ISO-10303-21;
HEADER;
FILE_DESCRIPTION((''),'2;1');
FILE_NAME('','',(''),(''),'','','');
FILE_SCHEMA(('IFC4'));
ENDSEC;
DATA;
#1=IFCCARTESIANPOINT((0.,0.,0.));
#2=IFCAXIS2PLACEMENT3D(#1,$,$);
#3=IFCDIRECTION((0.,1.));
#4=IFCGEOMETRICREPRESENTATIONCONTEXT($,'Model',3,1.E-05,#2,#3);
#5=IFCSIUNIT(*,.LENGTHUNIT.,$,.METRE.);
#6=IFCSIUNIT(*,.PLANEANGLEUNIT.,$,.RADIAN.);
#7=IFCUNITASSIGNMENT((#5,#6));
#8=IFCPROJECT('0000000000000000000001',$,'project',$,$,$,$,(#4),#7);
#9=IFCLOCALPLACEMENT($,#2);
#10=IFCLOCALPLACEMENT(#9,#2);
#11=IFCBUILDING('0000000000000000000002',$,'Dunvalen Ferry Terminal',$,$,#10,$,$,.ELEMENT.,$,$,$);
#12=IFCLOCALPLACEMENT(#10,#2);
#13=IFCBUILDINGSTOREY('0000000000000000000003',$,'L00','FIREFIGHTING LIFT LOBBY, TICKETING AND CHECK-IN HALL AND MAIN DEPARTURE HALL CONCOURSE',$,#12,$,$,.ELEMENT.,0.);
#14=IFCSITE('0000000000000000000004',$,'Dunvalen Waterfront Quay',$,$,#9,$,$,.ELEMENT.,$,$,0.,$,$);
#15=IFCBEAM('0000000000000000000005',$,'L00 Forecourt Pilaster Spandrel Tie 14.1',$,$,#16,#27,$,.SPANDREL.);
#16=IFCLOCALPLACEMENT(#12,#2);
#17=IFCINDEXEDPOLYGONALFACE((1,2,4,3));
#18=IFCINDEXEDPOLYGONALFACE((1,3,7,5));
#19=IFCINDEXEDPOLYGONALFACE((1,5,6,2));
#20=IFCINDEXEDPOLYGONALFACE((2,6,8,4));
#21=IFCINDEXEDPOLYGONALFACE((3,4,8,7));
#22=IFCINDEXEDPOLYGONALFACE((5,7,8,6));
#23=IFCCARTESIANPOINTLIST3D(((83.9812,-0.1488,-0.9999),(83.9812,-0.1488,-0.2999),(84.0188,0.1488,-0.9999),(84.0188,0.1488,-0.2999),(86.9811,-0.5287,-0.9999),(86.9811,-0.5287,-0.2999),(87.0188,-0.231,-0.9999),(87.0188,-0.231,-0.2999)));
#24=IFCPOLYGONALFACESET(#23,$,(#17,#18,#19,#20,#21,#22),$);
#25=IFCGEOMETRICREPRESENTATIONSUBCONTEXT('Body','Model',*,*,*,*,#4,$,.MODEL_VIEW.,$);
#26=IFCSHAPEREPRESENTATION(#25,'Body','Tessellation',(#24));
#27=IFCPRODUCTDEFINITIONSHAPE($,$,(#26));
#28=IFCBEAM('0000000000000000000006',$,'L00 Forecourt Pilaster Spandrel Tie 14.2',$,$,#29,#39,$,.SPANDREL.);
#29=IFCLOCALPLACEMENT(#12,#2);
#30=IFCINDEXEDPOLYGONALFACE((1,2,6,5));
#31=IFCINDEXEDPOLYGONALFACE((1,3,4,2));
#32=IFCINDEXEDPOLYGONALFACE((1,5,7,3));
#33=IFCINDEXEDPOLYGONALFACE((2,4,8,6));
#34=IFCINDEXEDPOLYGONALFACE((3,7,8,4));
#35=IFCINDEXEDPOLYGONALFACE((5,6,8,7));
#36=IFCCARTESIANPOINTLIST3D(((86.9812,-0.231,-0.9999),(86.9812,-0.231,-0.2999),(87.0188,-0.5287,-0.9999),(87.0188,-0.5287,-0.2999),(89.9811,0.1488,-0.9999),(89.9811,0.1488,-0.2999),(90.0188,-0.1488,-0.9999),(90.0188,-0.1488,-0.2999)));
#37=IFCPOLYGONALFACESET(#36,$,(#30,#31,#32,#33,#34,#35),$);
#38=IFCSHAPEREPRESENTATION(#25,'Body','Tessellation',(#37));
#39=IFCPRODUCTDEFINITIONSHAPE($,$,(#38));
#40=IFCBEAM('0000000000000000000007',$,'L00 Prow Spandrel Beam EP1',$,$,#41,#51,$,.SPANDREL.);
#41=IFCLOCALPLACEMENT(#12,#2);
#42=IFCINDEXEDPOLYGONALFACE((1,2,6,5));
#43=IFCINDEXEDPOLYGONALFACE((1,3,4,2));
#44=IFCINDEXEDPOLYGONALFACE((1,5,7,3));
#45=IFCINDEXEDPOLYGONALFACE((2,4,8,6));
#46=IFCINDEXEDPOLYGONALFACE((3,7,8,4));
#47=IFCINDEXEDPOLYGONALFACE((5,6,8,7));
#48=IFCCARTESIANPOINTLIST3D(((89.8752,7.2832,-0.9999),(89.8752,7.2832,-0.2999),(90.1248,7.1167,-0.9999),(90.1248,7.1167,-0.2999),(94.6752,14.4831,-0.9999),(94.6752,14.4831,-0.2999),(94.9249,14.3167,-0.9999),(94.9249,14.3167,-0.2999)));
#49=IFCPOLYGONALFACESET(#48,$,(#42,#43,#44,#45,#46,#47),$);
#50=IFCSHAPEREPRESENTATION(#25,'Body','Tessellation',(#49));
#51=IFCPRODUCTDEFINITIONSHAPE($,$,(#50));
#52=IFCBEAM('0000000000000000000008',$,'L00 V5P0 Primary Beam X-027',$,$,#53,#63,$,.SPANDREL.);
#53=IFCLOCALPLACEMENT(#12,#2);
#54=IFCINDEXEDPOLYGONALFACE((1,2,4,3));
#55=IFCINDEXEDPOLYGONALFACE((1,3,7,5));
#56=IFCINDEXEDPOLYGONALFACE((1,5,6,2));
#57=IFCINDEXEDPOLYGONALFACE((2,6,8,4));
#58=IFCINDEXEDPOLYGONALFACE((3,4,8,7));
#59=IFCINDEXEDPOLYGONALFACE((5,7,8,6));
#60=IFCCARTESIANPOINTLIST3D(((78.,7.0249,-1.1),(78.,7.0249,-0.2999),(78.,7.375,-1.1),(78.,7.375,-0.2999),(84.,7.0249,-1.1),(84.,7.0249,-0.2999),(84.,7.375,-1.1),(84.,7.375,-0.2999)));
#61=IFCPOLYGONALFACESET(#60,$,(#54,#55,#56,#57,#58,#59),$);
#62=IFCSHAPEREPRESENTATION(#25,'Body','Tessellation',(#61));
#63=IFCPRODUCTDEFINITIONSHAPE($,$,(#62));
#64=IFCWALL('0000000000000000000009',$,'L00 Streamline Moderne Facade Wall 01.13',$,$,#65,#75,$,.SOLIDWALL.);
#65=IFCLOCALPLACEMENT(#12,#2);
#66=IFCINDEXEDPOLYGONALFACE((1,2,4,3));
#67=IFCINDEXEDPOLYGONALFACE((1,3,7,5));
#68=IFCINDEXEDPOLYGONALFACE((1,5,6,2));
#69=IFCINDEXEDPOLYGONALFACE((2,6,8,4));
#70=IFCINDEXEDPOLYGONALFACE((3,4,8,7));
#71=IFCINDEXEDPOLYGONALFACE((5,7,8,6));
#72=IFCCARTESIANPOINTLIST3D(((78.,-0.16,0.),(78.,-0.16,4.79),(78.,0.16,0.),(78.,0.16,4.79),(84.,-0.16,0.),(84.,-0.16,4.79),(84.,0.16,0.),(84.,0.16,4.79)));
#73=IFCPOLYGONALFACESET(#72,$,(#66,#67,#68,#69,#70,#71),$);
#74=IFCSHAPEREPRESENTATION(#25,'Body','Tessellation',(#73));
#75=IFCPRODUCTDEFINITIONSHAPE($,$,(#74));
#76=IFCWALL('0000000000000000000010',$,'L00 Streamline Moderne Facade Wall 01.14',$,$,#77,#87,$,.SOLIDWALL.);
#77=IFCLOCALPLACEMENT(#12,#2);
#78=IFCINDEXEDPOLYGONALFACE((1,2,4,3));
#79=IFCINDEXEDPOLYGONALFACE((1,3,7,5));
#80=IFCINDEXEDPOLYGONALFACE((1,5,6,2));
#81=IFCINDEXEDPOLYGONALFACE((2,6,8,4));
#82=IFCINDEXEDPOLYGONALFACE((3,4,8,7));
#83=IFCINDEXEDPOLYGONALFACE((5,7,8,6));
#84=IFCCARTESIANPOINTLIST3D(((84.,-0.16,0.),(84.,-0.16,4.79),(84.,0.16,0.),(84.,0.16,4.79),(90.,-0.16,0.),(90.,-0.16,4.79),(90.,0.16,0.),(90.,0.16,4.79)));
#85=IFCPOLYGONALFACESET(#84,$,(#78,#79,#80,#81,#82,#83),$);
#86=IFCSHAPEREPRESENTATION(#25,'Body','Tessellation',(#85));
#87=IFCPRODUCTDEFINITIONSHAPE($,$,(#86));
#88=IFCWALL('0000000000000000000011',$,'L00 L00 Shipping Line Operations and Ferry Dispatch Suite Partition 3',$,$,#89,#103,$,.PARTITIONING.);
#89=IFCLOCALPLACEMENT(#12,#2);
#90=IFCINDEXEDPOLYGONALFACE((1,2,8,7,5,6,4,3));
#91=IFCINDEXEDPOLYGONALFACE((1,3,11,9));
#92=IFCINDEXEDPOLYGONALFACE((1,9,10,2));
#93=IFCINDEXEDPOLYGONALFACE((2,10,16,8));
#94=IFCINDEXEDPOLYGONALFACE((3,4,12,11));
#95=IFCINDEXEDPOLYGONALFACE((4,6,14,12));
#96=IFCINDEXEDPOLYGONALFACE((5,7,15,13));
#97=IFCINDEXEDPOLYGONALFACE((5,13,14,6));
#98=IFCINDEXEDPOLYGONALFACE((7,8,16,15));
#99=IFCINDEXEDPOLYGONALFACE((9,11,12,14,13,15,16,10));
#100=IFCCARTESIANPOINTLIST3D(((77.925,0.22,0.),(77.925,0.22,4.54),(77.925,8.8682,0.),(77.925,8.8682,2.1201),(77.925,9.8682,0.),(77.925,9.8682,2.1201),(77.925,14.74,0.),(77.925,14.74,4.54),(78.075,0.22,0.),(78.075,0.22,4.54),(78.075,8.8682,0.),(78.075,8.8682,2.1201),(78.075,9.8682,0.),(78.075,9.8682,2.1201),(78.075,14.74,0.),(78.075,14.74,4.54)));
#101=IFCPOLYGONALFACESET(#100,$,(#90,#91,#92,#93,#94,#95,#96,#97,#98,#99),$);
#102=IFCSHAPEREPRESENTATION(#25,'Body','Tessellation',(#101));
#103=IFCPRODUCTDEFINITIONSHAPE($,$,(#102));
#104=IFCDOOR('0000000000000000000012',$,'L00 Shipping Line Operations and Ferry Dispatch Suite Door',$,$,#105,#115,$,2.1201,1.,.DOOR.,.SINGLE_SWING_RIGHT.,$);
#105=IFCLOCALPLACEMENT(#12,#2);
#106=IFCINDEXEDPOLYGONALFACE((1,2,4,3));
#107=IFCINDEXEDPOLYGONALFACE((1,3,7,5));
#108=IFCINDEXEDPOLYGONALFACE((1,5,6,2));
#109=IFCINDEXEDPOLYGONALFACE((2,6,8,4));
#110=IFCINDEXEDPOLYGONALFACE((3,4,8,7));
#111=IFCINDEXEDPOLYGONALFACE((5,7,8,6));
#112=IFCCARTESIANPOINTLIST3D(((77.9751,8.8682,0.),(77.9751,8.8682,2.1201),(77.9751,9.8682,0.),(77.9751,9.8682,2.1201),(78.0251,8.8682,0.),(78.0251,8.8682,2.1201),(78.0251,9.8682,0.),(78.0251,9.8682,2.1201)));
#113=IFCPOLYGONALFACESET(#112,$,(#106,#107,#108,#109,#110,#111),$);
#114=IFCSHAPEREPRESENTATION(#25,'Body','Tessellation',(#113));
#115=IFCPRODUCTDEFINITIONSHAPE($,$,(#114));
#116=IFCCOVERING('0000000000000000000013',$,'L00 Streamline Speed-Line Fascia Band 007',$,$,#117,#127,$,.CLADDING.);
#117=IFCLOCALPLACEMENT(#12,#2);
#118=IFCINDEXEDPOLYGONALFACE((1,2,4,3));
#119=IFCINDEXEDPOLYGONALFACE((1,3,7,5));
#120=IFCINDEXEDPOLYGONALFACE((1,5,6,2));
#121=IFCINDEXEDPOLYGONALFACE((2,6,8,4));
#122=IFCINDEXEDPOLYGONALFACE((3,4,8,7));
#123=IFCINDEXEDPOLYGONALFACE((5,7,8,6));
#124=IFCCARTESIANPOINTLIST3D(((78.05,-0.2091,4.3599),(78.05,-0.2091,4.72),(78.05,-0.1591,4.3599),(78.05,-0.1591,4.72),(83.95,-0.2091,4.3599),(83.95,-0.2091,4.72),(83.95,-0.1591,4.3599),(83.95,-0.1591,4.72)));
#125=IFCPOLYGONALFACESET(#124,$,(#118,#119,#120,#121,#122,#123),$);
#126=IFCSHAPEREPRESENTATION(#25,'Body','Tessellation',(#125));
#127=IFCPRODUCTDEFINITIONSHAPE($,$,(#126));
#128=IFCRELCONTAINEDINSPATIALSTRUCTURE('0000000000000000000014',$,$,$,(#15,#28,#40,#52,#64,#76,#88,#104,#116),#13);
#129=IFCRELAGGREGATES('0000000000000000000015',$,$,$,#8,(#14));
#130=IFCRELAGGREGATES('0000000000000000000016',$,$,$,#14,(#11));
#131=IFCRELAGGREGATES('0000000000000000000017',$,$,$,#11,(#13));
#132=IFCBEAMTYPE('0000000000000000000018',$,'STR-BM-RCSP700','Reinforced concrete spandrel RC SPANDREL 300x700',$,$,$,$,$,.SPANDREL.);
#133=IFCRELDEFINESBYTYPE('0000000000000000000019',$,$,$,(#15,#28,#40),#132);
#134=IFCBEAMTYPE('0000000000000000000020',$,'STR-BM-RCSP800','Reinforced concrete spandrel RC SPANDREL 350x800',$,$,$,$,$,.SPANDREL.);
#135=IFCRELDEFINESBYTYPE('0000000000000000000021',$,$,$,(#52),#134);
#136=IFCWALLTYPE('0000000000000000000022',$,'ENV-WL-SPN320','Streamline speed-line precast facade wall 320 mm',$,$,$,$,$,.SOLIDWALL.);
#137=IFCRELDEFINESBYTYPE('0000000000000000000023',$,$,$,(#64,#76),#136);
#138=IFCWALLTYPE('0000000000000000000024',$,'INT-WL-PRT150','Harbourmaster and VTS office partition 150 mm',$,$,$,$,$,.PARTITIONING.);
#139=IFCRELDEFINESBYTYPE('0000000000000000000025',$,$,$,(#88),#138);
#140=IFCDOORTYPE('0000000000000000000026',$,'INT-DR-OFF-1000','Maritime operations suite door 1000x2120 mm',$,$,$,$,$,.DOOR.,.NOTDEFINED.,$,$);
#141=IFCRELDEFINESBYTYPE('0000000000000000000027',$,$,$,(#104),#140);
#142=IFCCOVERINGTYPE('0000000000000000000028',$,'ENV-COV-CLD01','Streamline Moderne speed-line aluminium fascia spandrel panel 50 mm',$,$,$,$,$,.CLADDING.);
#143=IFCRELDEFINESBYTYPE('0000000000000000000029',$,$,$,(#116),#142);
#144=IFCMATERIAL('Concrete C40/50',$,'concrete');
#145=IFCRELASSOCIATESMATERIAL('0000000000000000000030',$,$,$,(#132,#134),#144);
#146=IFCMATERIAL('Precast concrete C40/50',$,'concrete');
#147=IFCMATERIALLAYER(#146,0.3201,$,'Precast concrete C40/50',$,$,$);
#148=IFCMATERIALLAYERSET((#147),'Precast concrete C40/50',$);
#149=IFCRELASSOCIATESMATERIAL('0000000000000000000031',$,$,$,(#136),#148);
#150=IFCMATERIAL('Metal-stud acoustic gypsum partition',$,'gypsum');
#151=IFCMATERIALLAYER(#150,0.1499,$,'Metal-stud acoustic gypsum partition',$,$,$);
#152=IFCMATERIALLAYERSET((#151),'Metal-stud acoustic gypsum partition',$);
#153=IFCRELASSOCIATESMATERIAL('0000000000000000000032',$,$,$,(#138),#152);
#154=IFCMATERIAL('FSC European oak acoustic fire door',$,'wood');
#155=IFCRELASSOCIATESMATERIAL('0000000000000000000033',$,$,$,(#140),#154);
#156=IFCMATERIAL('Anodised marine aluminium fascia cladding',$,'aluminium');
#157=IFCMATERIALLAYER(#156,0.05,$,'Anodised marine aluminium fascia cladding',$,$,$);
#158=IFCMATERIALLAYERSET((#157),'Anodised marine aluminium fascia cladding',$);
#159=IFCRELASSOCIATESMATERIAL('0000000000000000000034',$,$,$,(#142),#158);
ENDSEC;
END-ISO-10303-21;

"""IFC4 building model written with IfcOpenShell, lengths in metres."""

from ifc_helpers import new_model, si_unit, direction, frame, frame_2d, origin, origin_2d, place, context, subcontext, project, spatial, rectangle, extrude, material, layer, layer_set, material_profile, profile_set, type_object, element, fill, save


model = new_model("IFC4")

# Units and contexts
model_context = context("Model", 3, precision=1e-05, world=origin(), true_north=direction((0.0, 1.0)))
body_context = subcontext(model_context, "Body", "Model", "MODEL_VIEW")
ifc_project = project(units=[si_unit("LENGTHUNIT", "METRE"), si_unit("PLANEANGLEUNIT", "RADIAN")], contexts=[model_context])

# Site, building, storey
site_placement = place(None, origin())
site = spatial("IfcSite", under=ifc_project, at=site_placement, Name="Dunvalen Waterfront Quay", CompositionType="ELEMENT", RefElevation=0.0)
building_placement = place(site_placement, origin())
building = spatial("IfcBuilding", under=site, at=building_placement, Name="Dunvalen Ferry Terminal", CompositionType="ELEMENT")
storey_placement = place(building_placement, origin())
storey = spatial("IfcBuildingStorey", under=building, at=storey_placement, Name="L00", Description="FIREFIGHTING LIFT LOBBY, TICKETING AND CHECK-IN HALL AND MAIN DEPARTURE HALL CONCOURSE", CompositionType="ELEMENT", Elevation=0.0)

# Shared definitions
ifc_material_1 = material(Name="Concrete C40/50", Category="concrete")

# Beams
ifc_material_profile_1 = material_profile(ifc_material_1, rectangle(XDim=0.3, YDim=0.7, at=origin_2d()), Name="Concrete C40/50")
ifc_profile_set_1 = profile_set([ifc_material_profile_1], Name="Concrete C40/50")
beam_type_1 = type_object("IfcBeamType", Name="STR-BM-RCSP700", Description="Reinforced concrete spandrel RC SPANDREL 300x700", PredefinedType="SPANDREL", material=ifc_profile_set_1)
for number, where, z_axis, x_axis, name in (
    (1, (84.0, 0.0, -0.6499), (0.992078, -0.125624, 0.0), (0.125624, 0.992078, 0.0), "L00 Forecourt Pilaster Spandrel Tie 14.1"),
    (2, (87.0, -0.3799, -0.6499), (0.992078, 0.125624, 0.0), (-0.125624, 0.992078, 0.0), "L00 Forecourt Pilaster Spandrel Tie 14.2"),
):
    element("IfcBeam", number, at=place(storey_placement, frame(where, z_axis=z_axis, x_axis=x_axis)), inside=storey, type_object=beam_type_1, Name=name, PredefinedType="SPANDREL", context=body_context, shape_type="SweptSolid", body=[
        extrude(rectangle(XDim=0.3, YDim=0.7, at=origin_2d()), origin(), (0.0, 0.0, 1.0), 3.0239),
    ])
beam_1_placement = place(storey_placement, frame((90.0, 7.2, -0.6499), z_axis=(0.554707, 0.832046, 0.0), x_axis=(-0.832046, 0.554707, 0.0)))
element("IfcBeam", 3, at=beam_1_placement, inside=storey, type_object=beam_type_1, Name="L00 Prow Spandrel Beam EP1", PredefinedType="SPANDREL", context=body_context, shape_type="SweptSolid", body=[
    extrude(rectangle(XDim=0.3, YDim=0.7, at=origin_2d()), origin(), (0.0, 0.0, 1.0), 8.6533),
])
ifc_material_profile_2 = material_profile(ifc_material_1, rectangle(XDim=0.3501, YDim=0.8, at=origin_2d()), Name="Concrete C40/50")
ifc_profile_set_2 = profile_set([ifc_material_profile_2], Name="Concrete C40/50")
beam_type_2 = type_object("IfcBeamType", Name="STR-BM-RCSP800", Description="Reinforced concrete spandrel RC SPANDREL 350x800", PredefinedType="SPANDREL", material=ifc_profile_set_2)
beam_2_placement = place(storey_placement, frame((78.0, 7.2, -0.7), z_axis=(1.0, 0.0, 0.0), x_axis=(0.0, 1.0, 0.0)))
element("IfcBeam", 4, at=beam_2_placement, inside=storey, type_object=beam_type_2, Name="L00 V5P0 Primary Beam X-027", PredefinedType="SPANDREL", context=body_context, shape_type="SweptSolid", body=[
    extrude(rectangle(XDim=0.3501, YDim=0.8, at=origin_2d()), origin(), (0.0, 0.0, 1.0), 6.0),
])

# Walls
ifc_material_2 = material(Name="Precast concrete C40/50", Category="concrete")
ifc_layer_1 = layer(ifc_material_2, 0.3201, Name="Precast concrete C40/50")
ifc_layer_set_1 = layer_set([ifc_layer_1], Name="Precast concrete C40/50")
wall_type_1 = type_object("IfcWallType", Name="ENV-WL-SPN320", Description="Streamline speed-line precast facade wall 320 mm", PredefinedType="SOLIDWALL", material=ifc_layer_set_1)
for number, where, z_axis, x_axis, name in (
    (5, (78.0, 0.0, 0.0), (0.0, 0.0, 1.0), (1.0, 0.0, 0.0), "L00 Streamline Moderne Facade Wall 01.13"),
    (6, (84.0, 0.0, 0.0), (0.0, 0.0, 1.0), (1.0, 0.0, 0.0), "L00 Streamline Moderne Facade Wall 01.14"),
):
    element("IfcWall", number, at=place(storey_placement, frame(where, z_axis=z_axis, x_axis=x_axis)), inside=storey, type_object=wall_type_1, Name=name, PredefinedType="SOLIDWALL", context=body_context, shape_type="SweptSolid", body=[
        extrude(rectangle(XDim=6.0, YDim=0.3201, at=frame_2d((3.0, 0.0))), origin(), (0.0, 0.0, 1.0), 4.79),
    ])

# Wall, opening, door
ifc_material_3 = material(Name="Metal-stud acoustic gypsum partition", Category="gypsum")
ifc_layer_2 = layer(ifc_material_3, 0.1499, Name="Metal-stud acoustic gypsum partition")
ifc_layer_set_2 = layer_set([ifc_layer_2], Name="Metal-stud acoustic gypsum partition")
wall_type_2 = type_object("IfcWallType", Name="INT-WL-PRT150", Description="Harbourmaster and VTS office partition 150 mm", PredefinedType="PARTITIONING", material=ifc_layer_set_2)
wall_placement = place(storey_placement, frame((78.0, 0.22, 0.0), z_axis=(0.0, 0.0, 1.0), x_axis=(0.0, 1.0, 0.0)))
wall = element("IfcWall", 7, at=wall_placement, inside=storey, type_object=wall_type_2, Name="L00 L00 Shipping Line Operations and Ferry Dispatch Suite Partition 3", PredefinedType="PARTITIONING", context=body_context, shape_type="SweptSolid", body=[
    extrude(rectangle(XDim=14.52, YDim=0.1499, at=frame_2d((7.26, 0.0))), origin(), (0.0, 0.0, 1.0), 4.54),
])
opening_placement = place(wall_placement, frame((8.6482, 0.0, 0.0)))
opening = element("IfcOpeningElement", 8, at=opening_placement, cuts=wall, PredefinedType="OPENING", context=body_context, shape_type="SweptSolid", body=[
    extrude(rectangle(XDim=1.0, YDim=2.1201, at=frame_2d((0.5, 1.0601))), frame((0.0, 0.085, 0.0), z_axis=(0.0, -1.0, 0.0), x_axis=(1.0, 0.0, 0.0)), (0.0, 0.0, 1.0), 0.1699),
])
ifc_material_4 = material(Name="FSC European oak acoustic fire door", Category="wood")
door_type = type_object("IfcDoorType", Name="INT-DR-OFF-1000", Description="Maritime operations suite door 1000x2120 mm", OperationType="NOTDEFINED", PredefinedType="DOOR", material=ifc_material_4)
door_placement = place(opening_placement, origin())
door = element("IfcDoor", 9, at=door_placement, inside=storey, type_object=door_type, Name="L00 Shipping Line Operations and Ferry Dispatch Suite Door", OperationType="SINGLE_SWING_RIGHT", OverallHeight=2.1201, OverallWidth=1.0, PredefinedType="DOOR", context=body_context, shape_type="SweptSolid", body=[
    extrude(rectangle(XDim=1.0, YDim=2.1201, at=frame_2d((0.5, 1.0601))), frame((0.0, 0.0249, 0.0), z_axis=(0.0, -1.0, 0.0), x_axis=(1.0, 0.0, 0.0)), (0.0, 0.0, 1.0), 0.05),
])
fill(opening, door)

# Covering
ifc_material_5 = material(Name="Anodised marine aluminium fascia cladding", Category="aluminium")
ifc_layer_3 = layer(ifc_material_5, 0.05, Name="Anodised marine aluminium fascia cladding")
ifc_layer_set_3 = layer_set([ifc_layer_3], Name="Anodised marine aluminium fascia cladding")
covering_type = type_object("IfcCoveringType", Name="ENV-COV-CLD01", Description="Streamline Moderne speed-line aluminium fascia spandrel panel 50 mm", PredefinedType="CLADDING", material=ifc_layer_set_3)
covering_placement = place(storey_placement, frame((81.0, -0.1841, 4.3599), z_axis=(0.0, 0.0, 1.0), x_axis=(1.0, 0.0, 0.0)))
element("IfcCovering", 10, at=covering_placement, inside=storey, type_object=covering_type, Name="L00 Streamline Speed-Line Fascia Band 007", PredefinedType="CLADDING", context=body_context, shape_type="SweptSolid", body=[
    extrude(rectangle(XDim=5.8999, YDim=0.05, at=origin_2d()), origin(), (0.0, 0.0, 1.0), 0.3601),
])

save(model, "model.ifc")
